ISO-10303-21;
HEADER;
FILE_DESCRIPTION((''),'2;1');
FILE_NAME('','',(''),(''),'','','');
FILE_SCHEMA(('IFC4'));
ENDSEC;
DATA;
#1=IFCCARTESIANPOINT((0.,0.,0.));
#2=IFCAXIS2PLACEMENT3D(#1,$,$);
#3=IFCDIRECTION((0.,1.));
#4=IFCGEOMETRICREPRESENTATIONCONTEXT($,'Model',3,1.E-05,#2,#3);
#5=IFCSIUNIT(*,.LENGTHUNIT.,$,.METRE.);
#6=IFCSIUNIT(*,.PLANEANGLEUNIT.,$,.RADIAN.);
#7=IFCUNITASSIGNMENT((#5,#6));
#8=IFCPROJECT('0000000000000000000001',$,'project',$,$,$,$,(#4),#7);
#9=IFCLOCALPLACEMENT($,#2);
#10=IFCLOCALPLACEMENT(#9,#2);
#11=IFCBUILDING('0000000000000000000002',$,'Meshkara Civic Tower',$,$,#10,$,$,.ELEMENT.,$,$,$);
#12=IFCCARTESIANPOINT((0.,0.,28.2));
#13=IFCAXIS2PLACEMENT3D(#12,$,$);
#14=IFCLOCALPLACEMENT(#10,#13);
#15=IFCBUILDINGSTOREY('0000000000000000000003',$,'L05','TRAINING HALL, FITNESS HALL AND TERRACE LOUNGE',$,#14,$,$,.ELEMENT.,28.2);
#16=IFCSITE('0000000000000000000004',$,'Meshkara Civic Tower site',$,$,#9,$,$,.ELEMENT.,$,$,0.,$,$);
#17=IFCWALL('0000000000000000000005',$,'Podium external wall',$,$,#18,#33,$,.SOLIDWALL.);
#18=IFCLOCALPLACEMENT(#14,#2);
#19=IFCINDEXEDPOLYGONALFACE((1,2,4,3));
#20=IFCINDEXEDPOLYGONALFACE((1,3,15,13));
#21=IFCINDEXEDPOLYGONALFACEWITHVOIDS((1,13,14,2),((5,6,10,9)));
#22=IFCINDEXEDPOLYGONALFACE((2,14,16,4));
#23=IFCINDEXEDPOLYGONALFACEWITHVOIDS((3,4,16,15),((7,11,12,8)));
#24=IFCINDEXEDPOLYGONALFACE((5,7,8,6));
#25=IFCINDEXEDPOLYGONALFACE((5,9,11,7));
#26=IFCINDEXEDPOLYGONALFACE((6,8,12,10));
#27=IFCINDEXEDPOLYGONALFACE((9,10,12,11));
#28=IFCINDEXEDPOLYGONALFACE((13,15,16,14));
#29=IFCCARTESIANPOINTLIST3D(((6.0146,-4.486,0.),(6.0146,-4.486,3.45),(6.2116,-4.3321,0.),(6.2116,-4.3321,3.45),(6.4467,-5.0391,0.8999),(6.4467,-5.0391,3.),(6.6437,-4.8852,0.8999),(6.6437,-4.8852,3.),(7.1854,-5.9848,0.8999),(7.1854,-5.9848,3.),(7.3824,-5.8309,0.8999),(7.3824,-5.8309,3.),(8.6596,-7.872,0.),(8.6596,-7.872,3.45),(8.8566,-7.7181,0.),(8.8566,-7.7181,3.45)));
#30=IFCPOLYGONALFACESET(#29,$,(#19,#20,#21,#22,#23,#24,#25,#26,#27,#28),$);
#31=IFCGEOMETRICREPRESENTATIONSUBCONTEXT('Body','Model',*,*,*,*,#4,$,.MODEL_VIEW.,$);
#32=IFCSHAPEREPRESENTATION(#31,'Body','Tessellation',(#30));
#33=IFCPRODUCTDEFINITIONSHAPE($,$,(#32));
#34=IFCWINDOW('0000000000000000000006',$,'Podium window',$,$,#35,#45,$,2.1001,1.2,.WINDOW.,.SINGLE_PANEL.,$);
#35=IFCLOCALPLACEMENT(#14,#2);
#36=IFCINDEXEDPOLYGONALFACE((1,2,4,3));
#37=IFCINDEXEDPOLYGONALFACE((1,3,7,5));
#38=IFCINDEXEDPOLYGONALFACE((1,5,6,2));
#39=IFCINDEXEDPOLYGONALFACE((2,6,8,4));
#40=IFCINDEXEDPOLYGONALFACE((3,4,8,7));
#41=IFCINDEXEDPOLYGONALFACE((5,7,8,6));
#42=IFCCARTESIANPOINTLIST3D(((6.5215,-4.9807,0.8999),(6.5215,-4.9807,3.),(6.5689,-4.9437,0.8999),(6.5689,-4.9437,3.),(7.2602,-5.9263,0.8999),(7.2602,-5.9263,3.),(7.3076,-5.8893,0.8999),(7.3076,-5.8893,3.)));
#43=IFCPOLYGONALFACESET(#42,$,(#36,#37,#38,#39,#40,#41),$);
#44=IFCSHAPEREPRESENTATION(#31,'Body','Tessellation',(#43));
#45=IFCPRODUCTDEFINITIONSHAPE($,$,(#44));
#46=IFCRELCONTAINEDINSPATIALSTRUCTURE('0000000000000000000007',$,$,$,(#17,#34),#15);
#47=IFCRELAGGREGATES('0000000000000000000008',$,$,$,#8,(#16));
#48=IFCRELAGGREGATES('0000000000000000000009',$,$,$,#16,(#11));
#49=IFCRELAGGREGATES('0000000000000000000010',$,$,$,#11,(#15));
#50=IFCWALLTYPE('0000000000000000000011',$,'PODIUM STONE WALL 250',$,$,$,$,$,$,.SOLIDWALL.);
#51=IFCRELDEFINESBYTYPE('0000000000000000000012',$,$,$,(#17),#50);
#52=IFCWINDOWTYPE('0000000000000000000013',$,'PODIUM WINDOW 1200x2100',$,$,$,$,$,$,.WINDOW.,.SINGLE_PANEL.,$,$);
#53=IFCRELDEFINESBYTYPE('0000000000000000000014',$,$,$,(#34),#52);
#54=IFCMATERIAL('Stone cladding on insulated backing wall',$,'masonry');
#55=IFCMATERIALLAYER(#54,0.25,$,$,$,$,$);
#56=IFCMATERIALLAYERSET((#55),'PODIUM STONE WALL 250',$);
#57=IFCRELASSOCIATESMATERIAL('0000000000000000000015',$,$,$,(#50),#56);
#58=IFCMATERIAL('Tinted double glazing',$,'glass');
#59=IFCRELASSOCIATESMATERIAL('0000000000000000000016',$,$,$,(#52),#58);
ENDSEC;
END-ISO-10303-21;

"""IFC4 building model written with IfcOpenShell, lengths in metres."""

from ifc_helpers import new_model, si_unit, direction, frame, frame_2d, origin, place, context, subcontext, project, spatial, rectangle, extrude, material, layer, layer_set, type_object, element, fill, save


model = new_model("IFC4")

# Units and contexts
model_context = context("Model", 3, precision=1e-05, world=origin(), true_north=direction((0.0, 1.0)))
body_context = subcontext(model_context, "Body", "Model", "MODEL_VIEW")
ifc_project = project(units=[si_unit("LENGTHUNIT", "METRE"), si_unit("PLANEANGLEUNIT", "RADIAN")], contexts=[model_context])

# Site, building, storey
site_placement = place(None, origin())
site = spatial("IfcSite", under=ifc_project, at=site_placement, Name="Meshkara Civic Tower site", CompositionType="ELEMENT", RefElevation=0.0)
building_placement = place(site_placement, origin())
building = spatial("IfcBuilding", under=site, at=building_placement, Name="Meshkara Civic Tower", CompositionType="ELEMENT")
storey_placement = place(building_placement, frame((0.0, 0.0, 28.2)))
storey = spatial("IfcBuildingStorey", under=building, at=storey_placement, Name="L05", Description="TRAINING HALL, FITNESS HALL AND TERRACE LOUNGE", CompositionType="ELEMENT", Elevation=28.2)

# Shared definitions
ifc_material_1 = material(Name="Stone cladding on insulated backing wall", Category="masonry")
ifc_layer_1 = layer(ifc_material_1, 0.25)
ifc_layer_set_1 = layer_set([ifc_layer_1], Name="PODIUM STONE WALL 250")
wall_type = type_object("IfcWallType", Name="PODIUM STONE WALL 250", PredefinedType="SOLIDWALL", material=ifc_layer_set_1)

# Wall, opening, window
wall_1_placement = place(storey_placement, frame((6.113, -4.4089, 0.0), z_axis=(0.0, 0.0, 1.0), x_axis=(0.615603, -0.788056, 0.0)))
wall_1 = element("IfcWall", 1, at=wall_1_placement, inside=storey, type_object=wall_type, Name="Podium external wall", PredefinedType="SOLIDWALL", context=body_context, shape_type="SweptSolid", body=[
    extrude(rectangle(XDim=4.2966, YDim=0.25, at=frame_2d((2.1484, 0.0))), origin(), (0.0, 0.0, 1.0), 3.45),
])
opening_1_placement = place(wall_1_placement, frame((0.7019, 0.0, 0.8999)))
opening_1 = element("IfcOpeningElement", 2, at=opening_1_placement, cuts=wall_1, PredefinedType="OPENING", context=body_context, shape_type="SweptSolid", body=[
    extrude(rectangle(XDim=1.2, YDim=2.1001, at=frame_2d((0.6001, 1.05))), frame((0.0, 0.135, 0.0), z_axis=(0.0, -1.0, 0.0), x_axis=(1.0, 0.0, 0.0)), (0.0, 0.0, 1.0), 0.27),
])
ifc_material_2 = material(Name="Tinted double glazing", Category="glass")
window_type_1 = type_object("IfcWindowType", Name="PODIUM WINDOW 1200x2100", PartitioningType="SINGLE_PANEL", PredefinedType="WINDOW", material=ifc_material_2)
window_1_placement = place(opening_1_placement, origin())
window_1 = element("IfcWindow", 3, at=window_1_placement, inside=storey, type_object=window_type_1, Name="Podium window", OverallHeight=2.1001, OverallWidth=1.2, PartitioningType="SINGLE_PANEL", PredefinedType="WINDOW", context=body_context, shape_type="SweptSolid", body=[
    extrude(rectangle(XDim=1.2, YDim=2.1001, at=frame_2d((0.6001, 1.05))), frame((0.0, 0.03, 0.0), z_axis=(0.0, -1.0, 0.0), x_axis=(1.0, 0.0, 0.0)), (0.0, 0.0, 1.0), 0.0601),
])
fill(opening_1, window_1)

save(model, "model.ifc")
